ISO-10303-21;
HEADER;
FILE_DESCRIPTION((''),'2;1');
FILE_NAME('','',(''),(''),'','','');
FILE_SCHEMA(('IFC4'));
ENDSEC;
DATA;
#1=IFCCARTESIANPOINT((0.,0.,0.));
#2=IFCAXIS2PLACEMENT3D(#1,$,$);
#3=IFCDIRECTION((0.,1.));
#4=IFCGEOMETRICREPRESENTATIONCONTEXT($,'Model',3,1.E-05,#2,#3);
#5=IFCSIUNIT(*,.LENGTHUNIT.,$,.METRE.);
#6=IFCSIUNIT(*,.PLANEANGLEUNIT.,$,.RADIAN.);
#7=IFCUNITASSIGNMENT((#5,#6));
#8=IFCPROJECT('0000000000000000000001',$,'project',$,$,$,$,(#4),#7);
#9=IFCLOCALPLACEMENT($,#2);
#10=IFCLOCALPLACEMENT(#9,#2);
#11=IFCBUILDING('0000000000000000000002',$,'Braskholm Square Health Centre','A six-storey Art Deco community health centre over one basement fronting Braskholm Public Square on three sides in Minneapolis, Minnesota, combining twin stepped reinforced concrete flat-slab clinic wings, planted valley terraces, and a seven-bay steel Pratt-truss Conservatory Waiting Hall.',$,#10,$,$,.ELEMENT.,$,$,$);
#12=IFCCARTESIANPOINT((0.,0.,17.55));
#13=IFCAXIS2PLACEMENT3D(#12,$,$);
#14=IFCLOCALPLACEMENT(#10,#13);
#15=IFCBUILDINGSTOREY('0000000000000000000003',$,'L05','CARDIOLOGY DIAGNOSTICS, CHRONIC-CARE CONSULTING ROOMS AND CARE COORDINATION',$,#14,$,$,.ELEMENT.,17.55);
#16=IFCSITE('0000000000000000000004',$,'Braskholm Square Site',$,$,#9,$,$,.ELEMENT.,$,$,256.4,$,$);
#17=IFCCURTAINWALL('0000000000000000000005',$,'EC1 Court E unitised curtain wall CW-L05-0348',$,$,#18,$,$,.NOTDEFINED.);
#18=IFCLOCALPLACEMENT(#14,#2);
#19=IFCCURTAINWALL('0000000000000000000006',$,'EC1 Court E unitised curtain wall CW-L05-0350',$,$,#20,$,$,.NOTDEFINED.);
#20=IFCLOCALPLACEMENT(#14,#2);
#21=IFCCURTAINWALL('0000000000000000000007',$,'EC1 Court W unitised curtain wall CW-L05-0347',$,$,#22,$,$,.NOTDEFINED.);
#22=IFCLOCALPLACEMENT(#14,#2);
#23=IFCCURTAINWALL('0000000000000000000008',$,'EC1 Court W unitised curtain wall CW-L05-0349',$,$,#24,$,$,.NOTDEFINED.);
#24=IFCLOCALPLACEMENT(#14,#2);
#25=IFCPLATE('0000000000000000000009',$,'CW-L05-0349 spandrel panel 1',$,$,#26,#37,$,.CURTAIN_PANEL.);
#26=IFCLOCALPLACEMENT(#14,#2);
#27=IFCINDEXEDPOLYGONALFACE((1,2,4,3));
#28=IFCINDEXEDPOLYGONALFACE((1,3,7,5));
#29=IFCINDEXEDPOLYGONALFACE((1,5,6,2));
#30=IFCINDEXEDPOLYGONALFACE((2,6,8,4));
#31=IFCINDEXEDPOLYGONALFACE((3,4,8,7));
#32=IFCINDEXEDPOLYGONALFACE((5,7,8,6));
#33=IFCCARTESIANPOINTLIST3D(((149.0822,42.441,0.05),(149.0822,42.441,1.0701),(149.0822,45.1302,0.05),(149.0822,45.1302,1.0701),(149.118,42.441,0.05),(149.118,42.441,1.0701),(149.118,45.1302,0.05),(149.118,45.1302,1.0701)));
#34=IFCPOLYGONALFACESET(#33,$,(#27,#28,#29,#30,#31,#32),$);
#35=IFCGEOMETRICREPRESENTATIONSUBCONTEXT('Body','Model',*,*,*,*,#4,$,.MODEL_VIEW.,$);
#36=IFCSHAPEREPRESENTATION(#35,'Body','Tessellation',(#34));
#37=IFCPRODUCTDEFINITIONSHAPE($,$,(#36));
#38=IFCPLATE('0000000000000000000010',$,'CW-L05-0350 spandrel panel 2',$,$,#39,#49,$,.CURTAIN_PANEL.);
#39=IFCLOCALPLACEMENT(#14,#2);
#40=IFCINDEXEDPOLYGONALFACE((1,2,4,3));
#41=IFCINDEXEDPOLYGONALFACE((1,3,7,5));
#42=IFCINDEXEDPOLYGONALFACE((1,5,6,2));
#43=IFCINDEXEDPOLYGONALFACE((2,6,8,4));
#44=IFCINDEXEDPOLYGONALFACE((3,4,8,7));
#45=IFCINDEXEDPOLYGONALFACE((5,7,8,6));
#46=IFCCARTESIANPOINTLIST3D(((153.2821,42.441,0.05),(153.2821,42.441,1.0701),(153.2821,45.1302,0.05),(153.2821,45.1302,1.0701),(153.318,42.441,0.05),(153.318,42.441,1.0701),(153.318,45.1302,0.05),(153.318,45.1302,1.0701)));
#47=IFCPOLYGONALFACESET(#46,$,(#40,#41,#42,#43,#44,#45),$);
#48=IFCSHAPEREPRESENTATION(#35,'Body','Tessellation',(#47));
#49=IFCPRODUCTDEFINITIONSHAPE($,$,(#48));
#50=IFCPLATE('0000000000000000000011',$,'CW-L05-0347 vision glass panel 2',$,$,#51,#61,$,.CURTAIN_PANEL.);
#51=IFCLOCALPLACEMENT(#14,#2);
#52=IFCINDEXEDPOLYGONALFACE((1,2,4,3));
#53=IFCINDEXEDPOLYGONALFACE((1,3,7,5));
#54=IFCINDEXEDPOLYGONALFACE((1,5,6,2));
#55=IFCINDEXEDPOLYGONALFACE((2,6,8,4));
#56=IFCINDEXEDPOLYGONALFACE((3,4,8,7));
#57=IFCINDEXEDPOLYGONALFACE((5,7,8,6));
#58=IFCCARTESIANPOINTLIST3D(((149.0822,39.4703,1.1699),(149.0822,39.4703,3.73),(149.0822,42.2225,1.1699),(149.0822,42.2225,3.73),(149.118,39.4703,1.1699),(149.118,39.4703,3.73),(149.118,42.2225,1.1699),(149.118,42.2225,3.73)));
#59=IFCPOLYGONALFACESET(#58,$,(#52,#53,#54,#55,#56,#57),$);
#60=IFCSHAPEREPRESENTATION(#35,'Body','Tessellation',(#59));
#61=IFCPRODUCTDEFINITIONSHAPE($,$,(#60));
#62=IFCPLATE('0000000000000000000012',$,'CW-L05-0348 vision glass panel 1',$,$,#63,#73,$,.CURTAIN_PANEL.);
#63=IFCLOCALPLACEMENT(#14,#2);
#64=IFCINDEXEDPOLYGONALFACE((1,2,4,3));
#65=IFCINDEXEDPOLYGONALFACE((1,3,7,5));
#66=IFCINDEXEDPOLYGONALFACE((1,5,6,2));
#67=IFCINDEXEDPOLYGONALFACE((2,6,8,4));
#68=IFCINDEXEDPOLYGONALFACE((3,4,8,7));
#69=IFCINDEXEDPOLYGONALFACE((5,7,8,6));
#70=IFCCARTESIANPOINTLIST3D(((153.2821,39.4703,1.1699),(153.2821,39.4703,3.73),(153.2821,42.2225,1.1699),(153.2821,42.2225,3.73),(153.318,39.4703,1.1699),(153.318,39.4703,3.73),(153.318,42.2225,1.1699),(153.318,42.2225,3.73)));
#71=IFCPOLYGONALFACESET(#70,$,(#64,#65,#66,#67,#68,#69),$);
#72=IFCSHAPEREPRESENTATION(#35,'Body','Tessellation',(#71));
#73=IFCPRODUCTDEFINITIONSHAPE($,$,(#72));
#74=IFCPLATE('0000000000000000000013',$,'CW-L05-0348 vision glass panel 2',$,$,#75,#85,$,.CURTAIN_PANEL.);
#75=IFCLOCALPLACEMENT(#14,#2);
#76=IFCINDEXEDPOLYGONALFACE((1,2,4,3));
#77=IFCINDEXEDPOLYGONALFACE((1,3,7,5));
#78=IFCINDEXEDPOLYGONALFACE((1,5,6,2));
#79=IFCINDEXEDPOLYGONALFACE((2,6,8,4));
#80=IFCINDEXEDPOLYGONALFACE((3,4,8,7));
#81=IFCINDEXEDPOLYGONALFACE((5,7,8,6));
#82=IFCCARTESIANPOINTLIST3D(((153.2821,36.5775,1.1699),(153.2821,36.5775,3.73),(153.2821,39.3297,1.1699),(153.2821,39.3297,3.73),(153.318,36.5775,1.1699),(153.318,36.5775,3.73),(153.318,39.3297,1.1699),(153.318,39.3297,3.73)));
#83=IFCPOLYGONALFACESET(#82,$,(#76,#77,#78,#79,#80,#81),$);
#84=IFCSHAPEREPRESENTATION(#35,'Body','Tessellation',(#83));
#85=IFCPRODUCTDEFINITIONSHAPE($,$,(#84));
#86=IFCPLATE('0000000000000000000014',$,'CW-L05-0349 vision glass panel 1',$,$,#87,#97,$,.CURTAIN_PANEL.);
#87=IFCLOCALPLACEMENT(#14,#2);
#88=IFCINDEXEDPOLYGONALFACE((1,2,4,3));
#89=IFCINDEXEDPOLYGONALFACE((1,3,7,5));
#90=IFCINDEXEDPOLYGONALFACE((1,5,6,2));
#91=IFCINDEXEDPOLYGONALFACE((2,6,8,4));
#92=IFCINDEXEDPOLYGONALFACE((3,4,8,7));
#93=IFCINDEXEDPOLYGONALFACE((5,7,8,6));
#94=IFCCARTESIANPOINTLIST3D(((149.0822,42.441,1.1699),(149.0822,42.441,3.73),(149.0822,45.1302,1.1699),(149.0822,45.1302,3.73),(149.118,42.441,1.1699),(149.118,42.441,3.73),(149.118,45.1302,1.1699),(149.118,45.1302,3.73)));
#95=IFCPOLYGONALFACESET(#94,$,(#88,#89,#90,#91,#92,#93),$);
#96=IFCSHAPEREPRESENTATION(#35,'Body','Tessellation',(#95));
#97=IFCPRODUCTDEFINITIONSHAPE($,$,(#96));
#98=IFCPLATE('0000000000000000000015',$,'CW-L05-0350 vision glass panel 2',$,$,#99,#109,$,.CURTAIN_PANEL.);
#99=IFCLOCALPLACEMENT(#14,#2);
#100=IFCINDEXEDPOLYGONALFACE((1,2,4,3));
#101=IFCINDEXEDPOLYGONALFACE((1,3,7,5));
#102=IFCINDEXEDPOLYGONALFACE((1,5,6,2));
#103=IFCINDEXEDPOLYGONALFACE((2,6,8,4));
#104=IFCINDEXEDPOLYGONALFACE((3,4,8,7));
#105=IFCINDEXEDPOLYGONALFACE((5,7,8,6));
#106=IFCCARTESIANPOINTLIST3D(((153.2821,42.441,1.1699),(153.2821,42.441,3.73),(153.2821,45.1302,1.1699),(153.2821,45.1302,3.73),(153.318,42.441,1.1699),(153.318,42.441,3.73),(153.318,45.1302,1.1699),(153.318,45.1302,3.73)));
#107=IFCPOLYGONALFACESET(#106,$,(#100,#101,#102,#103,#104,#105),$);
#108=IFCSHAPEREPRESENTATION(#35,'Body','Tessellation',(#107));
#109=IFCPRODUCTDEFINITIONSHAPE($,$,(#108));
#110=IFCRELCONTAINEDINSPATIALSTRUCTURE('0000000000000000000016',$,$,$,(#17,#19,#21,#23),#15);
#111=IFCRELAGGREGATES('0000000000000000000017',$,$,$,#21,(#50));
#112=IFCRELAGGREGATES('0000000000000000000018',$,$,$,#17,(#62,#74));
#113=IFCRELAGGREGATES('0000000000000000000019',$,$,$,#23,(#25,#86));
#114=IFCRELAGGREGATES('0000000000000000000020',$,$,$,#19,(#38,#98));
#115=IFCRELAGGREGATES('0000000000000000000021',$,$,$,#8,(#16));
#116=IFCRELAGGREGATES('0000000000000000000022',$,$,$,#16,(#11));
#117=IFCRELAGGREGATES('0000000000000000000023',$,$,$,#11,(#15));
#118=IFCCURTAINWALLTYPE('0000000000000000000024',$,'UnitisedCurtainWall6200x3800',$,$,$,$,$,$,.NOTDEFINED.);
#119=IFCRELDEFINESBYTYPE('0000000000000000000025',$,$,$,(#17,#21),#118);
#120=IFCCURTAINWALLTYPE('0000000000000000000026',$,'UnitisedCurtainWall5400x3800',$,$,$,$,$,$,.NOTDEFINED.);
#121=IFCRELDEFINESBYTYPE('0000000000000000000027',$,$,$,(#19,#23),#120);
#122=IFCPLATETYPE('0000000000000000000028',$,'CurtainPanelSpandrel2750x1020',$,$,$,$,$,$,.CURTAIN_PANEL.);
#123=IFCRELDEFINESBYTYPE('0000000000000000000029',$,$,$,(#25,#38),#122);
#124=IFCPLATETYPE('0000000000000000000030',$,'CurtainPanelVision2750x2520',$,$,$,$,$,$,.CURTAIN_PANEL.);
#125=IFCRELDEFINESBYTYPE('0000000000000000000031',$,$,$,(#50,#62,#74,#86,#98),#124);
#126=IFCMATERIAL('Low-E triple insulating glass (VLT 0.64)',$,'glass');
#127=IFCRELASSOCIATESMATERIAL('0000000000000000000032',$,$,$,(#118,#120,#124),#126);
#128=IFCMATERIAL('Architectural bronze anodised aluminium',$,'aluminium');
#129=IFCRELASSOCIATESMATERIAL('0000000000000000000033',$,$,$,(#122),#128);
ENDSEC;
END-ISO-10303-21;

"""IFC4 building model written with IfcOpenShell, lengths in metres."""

from ifc_helpers import new_model, si_unit, direction, frame, origin, origin_2d, place, context, subcontext, project, spatial, rectangle, extrude, material, type_object, element, aggregate, save


model = new_model("IFC4")

# Units and contexts
model_context = context("Model", 3, precision=1e-05, world=origin(), true_north=direction((0.0, 1.0)))
body_context = subcontext(model_context, "Body", "Model", "MODEL_VIEW")
ifc_project = project(units=[si_unit("LENGTHUNIT", "METRE"), si_unit("PLANEANGLEUNIT", "RADIAN")], contexts=[model_context])

# Site, building, storey
site_placement = place(None, origin())
site = spatial("IfcSite", under=ifc_project, at=site_placement, Name="Braskholm Square Site", CompositionType="ELEMENT", RefElevation=256.4)
building_placement = place(site_placement, origin())
building = spatial("IfcBuilding", under=site, at=building_placement, Name="Braskholm Square Health Centre", Description="A six-storey Art Deco community health centre over one basement fronting Braskholm Public Square on three sides in Minneapolis, Minnesota, combining twin stepped reinforced concrete flat-slab clinic wings, planted valley terraces, and a seven-bay steel Pratt-truss Conservatory Waiting Hall.", CompositionType="ELEMENT")
storey_placement = place(building_placement, frame((0.0, 0.0, 17.55)))
storey = spatial("IfcBuildingStorey", under=building, at=storey_placement, Name="L05", Description="CARDIOLOGY DIAGNOSTICS, CHRONIC-CARE CONSULTING ROOMS AND CARE COORDINATION", CompositionType="ELEMENT", Elevation=17.55)

# Curtain wall
ifc_material_1 = material(Name="Low-E triple insulating glass (VLT 0.64)", Category="glass")
curtain_wall_type_1 = type_object("IfcCurtainWallType", Name="UnitisedCurtainWall6200x3800", PredefinedType="NOTDEFINED", material=ifc_material_1)
curtain_wall_1_placement = place(storey_placement, origin())
curtain_wall_1 = element("IfcCurtainWall", 1, at=curtain_wall_1_placement, inside=storey, type_object=curtain_wall_type_1, Name="EC1 Court E unitised curtain wall CW-L05-0348", PredefinedType="NOTDEFINED")
ifc_material_2 = material(Name="Architectural bronze anodised aluminium", Category="aluminium")

# Curtain wall
curtain_wall_type_2 = type_object("IfcCurtainWallType", Name="UnitisedCurtainWall5400x3800", PredefinedType="NOTDEFINED", material=ifc_material_1)
curtain_wall_2_placement = place(storey_placement, origin())
curtain_wall_2 = element("IfcCurtainWall", 2, at=curtain_wall_2_placement, inside=storey, type_object=curtain_wall_type_2, Name="EC1 Court E unitised curtain wall CW-L05-0350", PredefinedType="NOTDEFINED")

# Curtain walls
curtain_wall_3_placement = place(storey_placement, origin())
curtain_wall_3 = element("IfcCurtainWall", 3, at=curtain_wall_3_placement, inside=storey, type_object=curtain_wall_type_1, Name="EC1 Court W unitised curtain wall CW-L05-0347", PredefinedType="NOTDEFINED")
curtain_wall_4_placement = place(storey_placement, origin())
curtain_wall_4 = element("IfcCurtainWall", 4, at=curtain_wall_4_placement, inside=storey, type_object=curtain_wall_type_2, Name="EC1 Court W unitised curtain wall CW-L05-0349", PredefinedType="NOTDEFINED")

# Plates
plate_type_1 = type_object("IfcPlateType", Name="CurtainPanelSpandrel2750x1020", PredefinedType="CURTAIN_PANEL", material=ifc_material_2)
plate_1_placement = place(storey_placement, frame((149.1001, 43.7856, 0.05), z_axis=(0.0, 0.0, 1.0), x_axis=(0.0, 1.0, 0.0)))
plate_1 = element("IfcPlate", 5, at=plate_1_placement, type_object=plate_type_1, Name="CW-L05-0349 spandrel panel 1", PredefinedType="CURTAIN_PANEL", context=body_context, shape_type="SweptSolid", body=[
    extrude(rectangle(XDim=2.6892, YDim=0.0359, at=origin_2d()), origin(), (0.0, 0.0, 1.0), 1.02),
])
plate_2_placement = place(storey_placement, frame((153.3, 43.7856, 0.05), z_axis=(0.0, 0.0, 1.0), x_axis=(0.0, -1.0, 0.0)))
plate_2 = element("IfcPlate", 6, at=plate_2_placement, type_object=plate_type_1, Name="CW-L05-0350 spandrel panel 2", PredefinedType="CURTAIN_PANEL", context=body_context, shape_type="SweptSolid", body=[
    extrude(rectangle(XDim=2.6892, YDim=0.0359, at=origin_2d()), origin(), (0.0, 0.0, 1.0), 1.02),
])
plate_type_2 = type_object("IfcPlateType", Name="CurtainPanelVision2750x2520", PredefinedType="CURTAIN_PANEL", material=ifc_material_1)
plate_3_placement = place(storey_placement, frame((149.1001, 40.8464, 1.1699), z_axis=(0.0, 0.0, 1.0), x_axis=(0.0, 1.0, 0.0)))
plate_3 = element("IfcPlate", 7, at=plate_3_placement, type_object=plate_type_2, Name="CW-L05-0347 vision glass panel 2", PredefinedType="CURTAIN_PANEL", context=body_context, shape_type="SweptSolid", body=[
    extrude(rectangle(XDim=2.7522, YDim=0.0359, at=origin_2d()), origin(), (0.0, 0.0, 1.0), 2.5601),
])
aggregate(curtain_wall_3, [plate_3])
plate_4_placement = place(storey_placement, frame((153.3, 40.8464, 1.1699), z_axis=(0.0, 0.0, 1.0), x_axis=(0.0, -1.0, 0.0)))
plate_4 = element("IfcPlate", 8, at=plate_4_placement, type_object=plate_type_2, Name="CW-L05-0348 vision glass panel 1", PredefinedType="CURTAIN_PANEL", context=body_context, shape_type="SweptSolid", body=[
    extrude(rectangle(XDim=2.7522, YDim=0.0359, at=origin_2d()), origin(), (0.0, 0.0, 1.0), 2.5601),
])
plate_5_placement = place(storey_placement, frame((153.3, 37.9536, 1.1699), z_axis=(0.0, 0.0, 1.0), x_axis=(0.0, -1.0, 0.0)))
plate_5 = element("IfcPlate", 9, at=plate_5_placement, type_object=plate_type_2, Name="CW-L05-0348 vision glass panel 2", PredefinedType="CURTAIN_PANEL", context=body_context, shape_type="SweptSolid", body=[
    extrude(rectangle(XDim=2.7522, YDim=0.0359, at=origin_2d()), origin(), (0.0, 0.0, 1.0), 2.5601),
])
aggregate(curtain_wall_1, [plate_4, plate_5])
plate_6_placement = place(storey_placement, frame((149.1001, 43.7856, 1.1699), z_axis=(0.0, 0.0, 1.0), x_axis=(0.0, 1.0, 0.0)))
plate_6 = element("IfcPlate", 10, at=plate_6_placement, type_object=plate_type_2, Name="CW-L05-0349 vision glass panel 1", PredefinedType="CURTAIN_PANEL", context=body_context, shape_type="SweptSolid", body=[
    extrude(rectangle(XDim=2.6892, YDim=0.0359, at=origin_2d()), origin(), (0.0, 0.0, 1.0), 2.5601),
])
aggregate(curtain_wall_4, [plate_1, plate_6])
plate_7_placement = place(storey_placement, frame((153.3, 43.7856, 1.1699), z_axis=(0.0, 0.0, 1.0), x_axis=(0.0, -1.0, 0.0)))
plate_7 = element("IfcPlate", 11, at=plate_7_placement, type_object=plate_type_2, Name="CW-L05-0350 vision glass panel 2", PredefinedType="CURTAIN_PANEL", context=body_context, shape_type="SweptSolid", body=[
    extrude(rectangle(XDim=2.6892, YDim=0.0359, at=origin_2d()), origin(), (0.0, 0.0, 1.0), 2.5601),
])
aggregate(curtain_wall_2, [plate_2, plate_7])

save(model, "model.ifc")
